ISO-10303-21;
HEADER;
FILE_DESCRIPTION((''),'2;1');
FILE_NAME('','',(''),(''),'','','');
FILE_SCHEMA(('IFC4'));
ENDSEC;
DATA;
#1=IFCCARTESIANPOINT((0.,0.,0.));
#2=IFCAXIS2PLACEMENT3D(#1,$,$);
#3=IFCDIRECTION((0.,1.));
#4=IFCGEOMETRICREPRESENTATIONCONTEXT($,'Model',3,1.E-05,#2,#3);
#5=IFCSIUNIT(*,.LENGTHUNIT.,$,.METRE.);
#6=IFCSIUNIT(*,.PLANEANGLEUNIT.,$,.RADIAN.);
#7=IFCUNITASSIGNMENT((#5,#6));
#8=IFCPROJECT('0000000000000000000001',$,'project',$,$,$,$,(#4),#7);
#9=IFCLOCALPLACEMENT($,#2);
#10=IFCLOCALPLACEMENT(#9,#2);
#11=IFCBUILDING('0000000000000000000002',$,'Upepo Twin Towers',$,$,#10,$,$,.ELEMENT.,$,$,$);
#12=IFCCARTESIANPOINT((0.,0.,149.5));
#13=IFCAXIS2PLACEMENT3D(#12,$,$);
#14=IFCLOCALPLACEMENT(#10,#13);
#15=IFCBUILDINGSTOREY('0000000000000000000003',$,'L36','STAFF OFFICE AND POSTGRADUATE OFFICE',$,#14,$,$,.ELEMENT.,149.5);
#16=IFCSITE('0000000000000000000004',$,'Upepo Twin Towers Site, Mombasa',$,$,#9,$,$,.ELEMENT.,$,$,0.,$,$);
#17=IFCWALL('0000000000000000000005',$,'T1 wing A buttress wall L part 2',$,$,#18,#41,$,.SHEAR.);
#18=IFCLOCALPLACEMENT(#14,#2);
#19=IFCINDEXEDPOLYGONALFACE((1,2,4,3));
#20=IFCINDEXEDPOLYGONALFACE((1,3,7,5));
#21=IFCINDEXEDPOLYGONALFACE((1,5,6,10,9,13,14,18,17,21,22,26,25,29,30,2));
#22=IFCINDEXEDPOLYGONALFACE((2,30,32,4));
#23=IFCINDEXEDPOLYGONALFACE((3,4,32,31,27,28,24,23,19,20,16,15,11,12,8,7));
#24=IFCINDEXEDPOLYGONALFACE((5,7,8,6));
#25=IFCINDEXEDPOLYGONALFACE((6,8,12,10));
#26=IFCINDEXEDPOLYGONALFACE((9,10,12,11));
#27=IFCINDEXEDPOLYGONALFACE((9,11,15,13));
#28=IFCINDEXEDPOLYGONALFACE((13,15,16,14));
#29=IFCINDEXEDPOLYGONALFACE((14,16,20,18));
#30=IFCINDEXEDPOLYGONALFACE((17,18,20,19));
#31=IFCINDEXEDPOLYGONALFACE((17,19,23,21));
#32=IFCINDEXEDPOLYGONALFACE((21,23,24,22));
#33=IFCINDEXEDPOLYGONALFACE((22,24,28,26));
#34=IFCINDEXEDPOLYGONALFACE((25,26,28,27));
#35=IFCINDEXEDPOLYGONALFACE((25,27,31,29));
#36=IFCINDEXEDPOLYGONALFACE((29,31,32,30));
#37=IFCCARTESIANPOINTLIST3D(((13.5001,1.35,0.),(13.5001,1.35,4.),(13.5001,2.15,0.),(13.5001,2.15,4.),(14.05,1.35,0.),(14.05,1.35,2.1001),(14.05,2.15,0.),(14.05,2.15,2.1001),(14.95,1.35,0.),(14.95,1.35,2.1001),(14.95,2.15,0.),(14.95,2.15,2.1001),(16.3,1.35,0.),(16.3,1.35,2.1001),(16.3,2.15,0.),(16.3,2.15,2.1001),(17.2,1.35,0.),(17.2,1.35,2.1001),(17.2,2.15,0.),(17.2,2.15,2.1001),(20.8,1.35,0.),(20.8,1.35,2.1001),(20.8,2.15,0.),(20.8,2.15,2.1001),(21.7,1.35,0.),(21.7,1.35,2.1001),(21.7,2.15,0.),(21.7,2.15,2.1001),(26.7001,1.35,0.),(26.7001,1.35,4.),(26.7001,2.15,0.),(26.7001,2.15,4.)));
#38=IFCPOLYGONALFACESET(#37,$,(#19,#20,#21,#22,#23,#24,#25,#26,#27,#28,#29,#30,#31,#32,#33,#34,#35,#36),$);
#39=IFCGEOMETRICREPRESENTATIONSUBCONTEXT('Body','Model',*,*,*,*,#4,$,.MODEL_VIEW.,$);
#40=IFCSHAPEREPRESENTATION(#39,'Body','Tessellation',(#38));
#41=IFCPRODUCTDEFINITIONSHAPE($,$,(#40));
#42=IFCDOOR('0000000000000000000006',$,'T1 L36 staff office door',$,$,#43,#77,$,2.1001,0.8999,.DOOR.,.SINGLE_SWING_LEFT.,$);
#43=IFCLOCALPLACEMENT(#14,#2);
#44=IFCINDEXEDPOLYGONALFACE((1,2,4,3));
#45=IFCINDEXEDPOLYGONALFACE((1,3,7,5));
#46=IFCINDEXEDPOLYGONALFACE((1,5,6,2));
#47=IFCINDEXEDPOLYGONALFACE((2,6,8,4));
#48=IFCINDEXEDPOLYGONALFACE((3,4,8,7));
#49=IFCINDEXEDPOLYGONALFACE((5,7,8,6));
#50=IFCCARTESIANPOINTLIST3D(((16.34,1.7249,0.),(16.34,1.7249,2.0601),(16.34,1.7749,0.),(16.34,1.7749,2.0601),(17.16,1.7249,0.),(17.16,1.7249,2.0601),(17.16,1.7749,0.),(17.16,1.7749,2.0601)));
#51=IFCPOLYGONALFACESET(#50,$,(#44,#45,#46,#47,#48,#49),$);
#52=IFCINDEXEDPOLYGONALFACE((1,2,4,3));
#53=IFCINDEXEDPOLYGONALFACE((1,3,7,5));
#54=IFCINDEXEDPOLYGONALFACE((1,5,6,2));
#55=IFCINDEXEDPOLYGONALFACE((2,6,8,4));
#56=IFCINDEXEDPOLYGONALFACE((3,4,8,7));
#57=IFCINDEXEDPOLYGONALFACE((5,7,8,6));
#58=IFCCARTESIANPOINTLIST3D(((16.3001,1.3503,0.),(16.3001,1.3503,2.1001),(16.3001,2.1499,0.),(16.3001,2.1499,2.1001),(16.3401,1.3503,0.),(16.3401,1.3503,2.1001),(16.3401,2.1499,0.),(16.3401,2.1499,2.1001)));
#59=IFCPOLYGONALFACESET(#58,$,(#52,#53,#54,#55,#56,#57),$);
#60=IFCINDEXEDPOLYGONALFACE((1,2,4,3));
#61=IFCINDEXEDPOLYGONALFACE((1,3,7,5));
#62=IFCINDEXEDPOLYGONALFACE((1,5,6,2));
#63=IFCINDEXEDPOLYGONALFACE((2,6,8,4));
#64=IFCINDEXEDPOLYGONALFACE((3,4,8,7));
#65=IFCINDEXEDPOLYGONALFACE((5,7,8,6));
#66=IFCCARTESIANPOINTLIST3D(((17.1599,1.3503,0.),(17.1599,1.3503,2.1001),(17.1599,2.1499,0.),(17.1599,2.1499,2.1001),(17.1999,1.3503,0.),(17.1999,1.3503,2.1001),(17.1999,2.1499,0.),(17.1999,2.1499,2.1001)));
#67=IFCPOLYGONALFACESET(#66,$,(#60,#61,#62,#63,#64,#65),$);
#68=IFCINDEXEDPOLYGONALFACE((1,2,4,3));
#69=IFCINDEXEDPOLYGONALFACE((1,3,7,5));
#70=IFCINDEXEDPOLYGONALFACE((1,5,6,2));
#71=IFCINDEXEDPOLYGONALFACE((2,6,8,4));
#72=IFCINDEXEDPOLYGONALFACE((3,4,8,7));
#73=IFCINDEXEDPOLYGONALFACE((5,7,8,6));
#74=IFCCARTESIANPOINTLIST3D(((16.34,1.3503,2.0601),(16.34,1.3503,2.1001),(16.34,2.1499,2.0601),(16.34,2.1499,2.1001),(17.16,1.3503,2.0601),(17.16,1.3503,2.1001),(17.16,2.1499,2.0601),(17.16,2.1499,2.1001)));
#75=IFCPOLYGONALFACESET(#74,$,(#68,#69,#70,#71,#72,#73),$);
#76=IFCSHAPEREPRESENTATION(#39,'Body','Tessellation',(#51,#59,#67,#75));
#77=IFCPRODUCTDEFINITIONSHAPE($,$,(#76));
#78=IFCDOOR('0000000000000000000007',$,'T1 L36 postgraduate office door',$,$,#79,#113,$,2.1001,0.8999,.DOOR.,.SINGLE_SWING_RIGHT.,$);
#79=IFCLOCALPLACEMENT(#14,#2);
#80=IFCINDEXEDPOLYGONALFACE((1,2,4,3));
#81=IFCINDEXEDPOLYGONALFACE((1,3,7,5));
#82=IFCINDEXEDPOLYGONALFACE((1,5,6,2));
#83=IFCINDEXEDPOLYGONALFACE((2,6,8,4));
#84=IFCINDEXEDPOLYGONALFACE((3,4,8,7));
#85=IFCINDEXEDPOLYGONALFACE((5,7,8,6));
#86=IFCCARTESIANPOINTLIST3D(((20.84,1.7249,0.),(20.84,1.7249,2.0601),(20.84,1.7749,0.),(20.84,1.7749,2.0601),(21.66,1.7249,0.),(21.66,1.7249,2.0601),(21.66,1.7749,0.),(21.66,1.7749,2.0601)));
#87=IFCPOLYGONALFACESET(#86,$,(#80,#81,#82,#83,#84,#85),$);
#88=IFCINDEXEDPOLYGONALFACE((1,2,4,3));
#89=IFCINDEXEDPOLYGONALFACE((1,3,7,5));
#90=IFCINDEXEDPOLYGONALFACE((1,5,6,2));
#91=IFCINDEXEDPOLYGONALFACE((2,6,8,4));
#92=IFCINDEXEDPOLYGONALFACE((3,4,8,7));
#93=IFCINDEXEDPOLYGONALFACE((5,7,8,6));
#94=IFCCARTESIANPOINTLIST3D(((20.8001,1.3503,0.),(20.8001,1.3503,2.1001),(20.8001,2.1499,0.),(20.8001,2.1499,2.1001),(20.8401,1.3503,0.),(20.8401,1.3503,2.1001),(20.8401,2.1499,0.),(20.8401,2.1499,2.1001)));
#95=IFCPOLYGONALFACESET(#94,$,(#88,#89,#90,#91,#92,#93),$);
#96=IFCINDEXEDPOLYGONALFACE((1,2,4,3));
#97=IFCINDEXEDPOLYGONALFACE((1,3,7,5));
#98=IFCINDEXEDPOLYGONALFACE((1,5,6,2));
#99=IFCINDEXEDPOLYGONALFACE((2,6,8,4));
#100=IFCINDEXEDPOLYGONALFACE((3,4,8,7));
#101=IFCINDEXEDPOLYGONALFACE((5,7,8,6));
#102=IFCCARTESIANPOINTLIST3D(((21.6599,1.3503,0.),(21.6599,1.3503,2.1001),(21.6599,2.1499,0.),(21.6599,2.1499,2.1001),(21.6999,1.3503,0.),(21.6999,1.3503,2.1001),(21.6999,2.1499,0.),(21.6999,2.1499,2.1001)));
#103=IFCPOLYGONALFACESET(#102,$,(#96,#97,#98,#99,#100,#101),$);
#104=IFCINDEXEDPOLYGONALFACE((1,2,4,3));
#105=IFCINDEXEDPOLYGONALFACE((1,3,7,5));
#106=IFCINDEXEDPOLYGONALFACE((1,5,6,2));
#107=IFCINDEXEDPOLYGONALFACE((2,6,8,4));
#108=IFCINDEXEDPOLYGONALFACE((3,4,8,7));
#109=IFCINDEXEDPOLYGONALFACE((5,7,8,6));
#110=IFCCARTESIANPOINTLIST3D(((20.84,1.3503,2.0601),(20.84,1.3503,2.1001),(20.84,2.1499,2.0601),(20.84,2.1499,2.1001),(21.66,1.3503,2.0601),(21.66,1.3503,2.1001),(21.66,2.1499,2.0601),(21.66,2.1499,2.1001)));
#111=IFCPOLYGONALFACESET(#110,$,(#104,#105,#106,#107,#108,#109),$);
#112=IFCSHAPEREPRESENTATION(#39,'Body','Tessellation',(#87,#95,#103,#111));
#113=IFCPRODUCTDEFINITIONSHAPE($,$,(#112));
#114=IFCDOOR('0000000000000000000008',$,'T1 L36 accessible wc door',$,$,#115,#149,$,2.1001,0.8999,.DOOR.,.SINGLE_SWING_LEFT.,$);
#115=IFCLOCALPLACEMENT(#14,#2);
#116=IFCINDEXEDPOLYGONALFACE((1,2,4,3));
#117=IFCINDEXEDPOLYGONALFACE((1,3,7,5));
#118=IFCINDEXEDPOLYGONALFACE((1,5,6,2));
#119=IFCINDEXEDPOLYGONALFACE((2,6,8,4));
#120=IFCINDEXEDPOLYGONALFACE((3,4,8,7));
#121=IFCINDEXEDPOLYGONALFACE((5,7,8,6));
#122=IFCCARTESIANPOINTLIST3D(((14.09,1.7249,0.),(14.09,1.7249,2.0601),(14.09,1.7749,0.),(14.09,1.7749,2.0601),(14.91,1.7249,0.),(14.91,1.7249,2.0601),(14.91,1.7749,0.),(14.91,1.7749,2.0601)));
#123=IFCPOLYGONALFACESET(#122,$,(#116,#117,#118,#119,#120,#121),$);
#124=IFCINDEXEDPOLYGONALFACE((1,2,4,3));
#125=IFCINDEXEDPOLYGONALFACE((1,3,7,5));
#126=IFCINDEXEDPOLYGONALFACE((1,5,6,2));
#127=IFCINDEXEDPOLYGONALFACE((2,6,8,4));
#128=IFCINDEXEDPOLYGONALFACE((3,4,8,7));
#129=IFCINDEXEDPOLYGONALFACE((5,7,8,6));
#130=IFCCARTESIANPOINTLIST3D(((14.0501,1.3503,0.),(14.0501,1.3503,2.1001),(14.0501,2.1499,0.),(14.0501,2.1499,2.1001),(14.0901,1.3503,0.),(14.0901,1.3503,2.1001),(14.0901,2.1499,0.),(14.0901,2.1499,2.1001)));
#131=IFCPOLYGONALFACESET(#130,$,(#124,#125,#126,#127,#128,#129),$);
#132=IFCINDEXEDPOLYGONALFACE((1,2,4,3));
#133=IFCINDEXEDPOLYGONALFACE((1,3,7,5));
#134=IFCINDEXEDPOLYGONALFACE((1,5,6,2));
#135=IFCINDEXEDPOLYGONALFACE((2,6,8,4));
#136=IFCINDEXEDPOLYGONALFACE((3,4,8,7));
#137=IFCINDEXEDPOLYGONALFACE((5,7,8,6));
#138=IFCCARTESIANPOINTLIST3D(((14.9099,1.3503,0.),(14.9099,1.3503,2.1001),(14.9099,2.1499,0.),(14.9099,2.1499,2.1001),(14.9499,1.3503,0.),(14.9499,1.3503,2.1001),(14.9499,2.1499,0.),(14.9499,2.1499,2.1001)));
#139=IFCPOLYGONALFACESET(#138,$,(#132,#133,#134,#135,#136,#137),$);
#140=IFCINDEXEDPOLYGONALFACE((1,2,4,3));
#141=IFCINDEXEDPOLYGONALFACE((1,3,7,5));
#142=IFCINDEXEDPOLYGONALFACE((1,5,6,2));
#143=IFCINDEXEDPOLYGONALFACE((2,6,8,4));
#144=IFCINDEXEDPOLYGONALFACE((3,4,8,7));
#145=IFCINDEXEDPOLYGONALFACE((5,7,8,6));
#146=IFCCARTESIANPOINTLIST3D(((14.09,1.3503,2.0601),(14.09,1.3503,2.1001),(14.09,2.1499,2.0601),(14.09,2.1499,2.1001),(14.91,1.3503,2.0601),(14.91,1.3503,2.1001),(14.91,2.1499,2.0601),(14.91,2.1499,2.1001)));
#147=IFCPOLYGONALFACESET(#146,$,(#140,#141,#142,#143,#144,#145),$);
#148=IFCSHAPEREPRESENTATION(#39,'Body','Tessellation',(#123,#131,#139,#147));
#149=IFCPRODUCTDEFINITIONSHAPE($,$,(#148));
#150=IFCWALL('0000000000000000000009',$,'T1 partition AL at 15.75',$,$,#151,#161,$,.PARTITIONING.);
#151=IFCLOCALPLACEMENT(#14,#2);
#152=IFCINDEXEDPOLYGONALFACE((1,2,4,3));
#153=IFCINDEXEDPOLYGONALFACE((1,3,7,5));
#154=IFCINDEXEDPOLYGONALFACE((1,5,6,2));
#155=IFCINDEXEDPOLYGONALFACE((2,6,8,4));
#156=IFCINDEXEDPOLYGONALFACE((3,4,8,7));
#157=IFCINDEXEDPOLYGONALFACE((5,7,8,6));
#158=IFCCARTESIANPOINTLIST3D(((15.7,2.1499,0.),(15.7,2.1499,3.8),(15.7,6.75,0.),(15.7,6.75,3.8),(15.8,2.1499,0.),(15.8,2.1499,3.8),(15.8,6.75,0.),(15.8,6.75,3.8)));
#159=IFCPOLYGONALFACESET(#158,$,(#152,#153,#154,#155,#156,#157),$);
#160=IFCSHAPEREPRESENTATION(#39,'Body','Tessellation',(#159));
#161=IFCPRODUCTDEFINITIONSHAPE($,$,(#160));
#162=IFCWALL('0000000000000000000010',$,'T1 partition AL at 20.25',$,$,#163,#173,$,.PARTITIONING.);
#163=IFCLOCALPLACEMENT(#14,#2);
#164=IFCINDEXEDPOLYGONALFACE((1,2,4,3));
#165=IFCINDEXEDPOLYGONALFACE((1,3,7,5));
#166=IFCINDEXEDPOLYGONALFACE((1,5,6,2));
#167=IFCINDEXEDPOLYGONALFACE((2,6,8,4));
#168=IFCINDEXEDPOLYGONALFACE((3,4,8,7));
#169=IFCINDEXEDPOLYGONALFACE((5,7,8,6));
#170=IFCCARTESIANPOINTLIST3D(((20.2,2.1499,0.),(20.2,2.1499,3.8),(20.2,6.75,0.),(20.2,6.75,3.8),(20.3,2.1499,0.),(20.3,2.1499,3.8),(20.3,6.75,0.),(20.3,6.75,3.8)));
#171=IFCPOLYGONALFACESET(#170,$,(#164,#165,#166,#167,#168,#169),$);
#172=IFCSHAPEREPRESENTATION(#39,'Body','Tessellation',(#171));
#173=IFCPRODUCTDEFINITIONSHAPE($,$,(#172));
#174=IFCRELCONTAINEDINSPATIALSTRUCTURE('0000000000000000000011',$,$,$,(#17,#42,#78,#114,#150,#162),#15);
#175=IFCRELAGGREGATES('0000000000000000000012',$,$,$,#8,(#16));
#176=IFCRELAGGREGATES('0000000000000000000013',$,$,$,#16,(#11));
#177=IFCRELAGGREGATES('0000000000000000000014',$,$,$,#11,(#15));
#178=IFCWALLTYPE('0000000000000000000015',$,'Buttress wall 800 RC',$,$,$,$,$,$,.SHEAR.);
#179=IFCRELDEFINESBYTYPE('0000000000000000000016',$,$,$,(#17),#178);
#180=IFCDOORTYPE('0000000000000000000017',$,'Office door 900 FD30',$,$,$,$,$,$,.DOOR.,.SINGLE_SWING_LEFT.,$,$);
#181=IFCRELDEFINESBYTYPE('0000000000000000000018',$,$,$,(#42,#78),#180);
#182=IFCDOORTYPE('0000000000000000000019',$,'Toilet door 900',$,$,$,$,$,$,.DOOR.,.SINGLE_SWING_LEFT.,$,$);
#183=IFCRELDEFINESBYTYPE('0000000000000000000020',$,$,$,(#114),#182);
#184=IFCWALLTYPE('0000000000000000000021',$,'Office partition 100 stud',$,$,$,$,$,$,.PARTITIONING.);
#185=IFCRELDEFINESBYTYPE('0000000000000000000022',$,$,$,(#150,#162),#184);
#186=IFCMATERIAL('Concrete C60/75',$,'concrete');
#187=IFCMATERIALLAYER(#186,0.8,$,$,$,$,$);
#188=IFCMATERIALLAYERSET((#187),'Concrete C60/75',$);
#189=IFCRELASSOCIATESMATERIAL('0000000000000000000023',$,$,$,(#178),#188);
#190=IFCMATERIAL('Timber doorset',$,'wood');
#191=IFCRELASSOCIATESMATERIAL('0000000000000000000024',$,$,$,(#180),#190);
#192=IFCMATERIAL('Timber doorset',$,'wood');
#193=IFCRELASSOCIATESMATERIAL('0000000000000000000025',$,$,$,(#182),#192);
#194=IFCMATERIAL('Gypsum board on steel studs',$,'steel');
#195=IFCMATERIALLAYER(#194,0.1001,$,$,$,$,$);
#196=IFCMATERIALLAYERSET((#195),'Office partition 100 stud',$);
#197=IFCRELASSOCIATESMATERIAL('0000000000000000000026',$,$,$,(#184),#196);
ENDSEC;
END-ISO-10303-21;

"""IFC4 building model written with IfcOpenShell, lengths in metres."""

from ifc_helpers import new_model, si_unit, direction, frame, frame_2d, origin, place, context, subcontext, project, spatial, rectangle, extrude, material, layer, layer_set, type_object, element, fill, save


model = new_model("IFC4")

# Units and contexts
model_context = context("Model", 3, precision=1e-05, world=origin(), true_north=direction((0.0, 1.0)))
body_context = subcontext(model_context, "Body", "Model", "MODEL_VIEW")
ifc_project = project(units=[si_unit("LENGTHUNIT", "METRE"), si_unit("PLANEANGLEUNIT", "RADIAN")], contexts=[model_context])

# Site, building, storey
site_placement = place(None, origin())
site = spatial("IfcSite", under=ifc_project, at=site_placement, Name="Upepo Twin Towers Site, Mombasa", CompositionType="ELEMENT", RefElevation=0.0)
building_placement = place(site_placement, origin())
building = spatial("IfcBuilding", under=site, at=building_placement, Name="Upepo Twin Towers", CompositionType="ELEMENT")
storey_placement = place(building_placement, frame((0.0, 0.0, 149.5)))
storey = spatial("IfcBuildingStorey", under=building, at=storey_placement, Name="L36", Description="STAFF OFFICE AND POSTGRADUATE OFFICE", CompositionType="ELEMENT", Elevation=149.5)

# Wall, openings, doors
ifc_material_1 = material(Name="Concrete C60/75", Category="concrete")
ifc_layer_1 = layer(ifc_material_1, 0.8)
ifc_layer_set_1 = layer_set([ifc_layer_1], Name="Concrete C60/75")
wall_type_1 = type_object("IfcWallType", Name="Buttress wall 800 RC", PredefinedType="SHEAR", material=ifc_layer_set_1)
wall_1_placement = place(storey_placement, frame((13.5, 1.75, 0.0), z_axis=(0.0, 0.0, 1.0), x_axis=(1.0, 0.0, 0.0)))
wall_1 = element("IfcWall", 1, at=wall_1_placement, inside=storey, type_object=wall_type_1, Name="T1 wing A buttress wall L part 2", PredefinedType="SHEAR", context=body_context, shape_type="SweptSolid", body=[
    extrude(rectangle(XDim=13.2, YDim=0.8, at=frame_2d((6.6001, 0.0))), origin(), (0.0, 0.0, 1.0), 4.0),
])
opening_1_placement = place(wall_1_placement, frame((0.55, 0.0, 0.0)))
opening_1 = element("IfcOpeningElement", 2, at=opening_1_placement, cuts=wall_1, PredefinedType="OPENING", context=body_context, shape_type="SweptSolid", body=[
    extrude(rectangle(XDim=0.8999, YDim=2.1001, at=frame_2d((0.45, 1.05))), frame((0.0, 0.4099, 0.0), z_axis=(0.0, -1.0, 0.0), x_axis=(1.0, 0.0, 0.0)), (0.0, 0.0, 1.0), 0.8201),
])
opening_2_placement = place(wall_1_placement, frame((2.8, 0.0, 0.0)))
opening_2 = element("IfcOpeningElement", 3, at=opening_2_placement, cuts=wall_1, PredefinedType="OPENING", context=body_context, shape_type="SweptSolid", body=[
    extrude(rectangle(XDim=0.8999, YDim=2.1001, at=frame_2d((0.45, 1.05))), frame((0.0, 0.4099, 0.0), z_axis=(0.0, -1.0, 0.0), x_axis=(1.0, 0.0, 0.0)), (0.0, 0.0, 1.0), 0.8201),
])
opening_3_placement = place(wall_1_placement, frame((7.3, 0.0, 0.0)))
opening_3 = element("IfcOpeningElement", 4, at=opening_3_placement, cuts=wall_1, PredefinedType="OPENING", context=body_context, shape_type="SweptSolid", body=[
    extrude(rectangle(XDim=0.8999, YDim=2.1001, at=frame_2d((0.45, 1.05))), frame((0.0, 0.4099, 0.0), z_axis=(0.0, -1.0, 0.0), x_axis=(1.0, 0.0, 0.0)), (0.0, 0.0, 1.0), 0.8201),
])
ifc_material_2 = material(Name="Timber doorset", Category="wood")
door_type_1 = type_object("IfcDoorType", Name="Office door 900 FD30", OperationType="SINGLE_SWING_LEFT", PredefinedType="DOOR", material=ifc_material_2)
door_1_placement = place(opening_2_placement, origin())
door_1 = element("IfcDoor", 5, at=door_1_placement, inside=storey, type_object=door_type_1, Name="T1 L36 staff office door", OperationType="SINGLE_SWING_LEFT", OverallHeight=2.1001, OverallWidth=0.8999, PredefinedType="DOOR", context=body_context, shape_type="SweptSolid", body=[
    extrude(rectangle(XDim=0.8199, YDim=2.0601, at=frame_2d((0.45, 1.03))), frame((0.0, 0.0249, 0.0), z_axis=(0.0, -1.0, 0.0), x_axis=(1.0, 0.0, 0.0)), (0.0, 0.0, 1.0), 0.05),
    extrude(rectangle(XDim=0.04, YDim=2.1001, at=frame_2d((0.02, 1.05))), frame((0.0, 0.3999, 0.0), z_axis=(0.0, -1.0, 0.0), x_axis=(1.0, 0.0, 0.0)), (0.0, 0.0, 1.0), 0.7996),
    extrude(rectangle(XDim=0.04, YDim=2.1001, at=frame_2d((0.8799, 1.05))), frame((0.0, 0.3999, 0.0), z_axis=(0.0, -1.0, 0.0), x_axis=(1.0, 0.0, 0.0)), (0.0, 0.0, 1.0), 0.7996),
    extrude(rectangle(XDim=0.8199, YDim=0.04, at=frame_2d((0.45, 2.0801))), frame((0.0, 0.3999, 0.0), z_axis=(0.0, -1.0, 0.0), x_axis=(1.0, 0.0, 0.0)), (0.0, 0.0, 1.0), 0.7996),
])
fill(opening_2, door_1)
door_2_placement = place(opening_3_placement, origin())
door_2 = element("IfcDoor", 6, at=door_2_placement, inside=storey, type_object=door_type_1, Name="T1 L36 postgraduate office door", OperationType="SINGLE_SWING_RIGHT", OverallHeight=2.1001, OverallWidth=0.8999, PredefinedType="DOOR", context=body_context, shape_type="SweptSolid", body=[
    extrude(rectangle(XDim=0.8199, YDim=2.0601, at=frame_2d((0.45, 1.03))), frame((0.0, 0.0249, 0.0), z_axis=(0.0, -1.0, 0.0), x_axis=(1.0, 0.0, 0.0)), (0.0, 0.0, 1.0), 0.05),
    extrude(rectangle(XDim=0.04, YDim=2.1001, at=frame_2d((0.02, 1.05))), frame((0.0, 0.3999, 0.0), z_axis=(0.0, -1.0, 0.0), x_axis=(1.0, 0.0, 0.0)), (0.0, 0.0, 1.0), 0.7996),
    extrude(rectangle(XDim=0.04, YDim=2.1001, at=frame_2d((0.8799, 1.05))), frame((0.0, 0.3999, 0.0), z_axis=(0.0, -1.0, 0.0), x_axis=(1.0, 0.0, 0.0)), (0.0, 0.0, 1.0), 0.7996),
    extrude(rectangle(XDim=0.8199, YDim=0.04, at=frame_2d((0.45, 2.0801))), frame((0.0, 0.3999, 0.0), z_axis=(0.0, -1.0, 0.0), x_axis=(1.0, 0.0, 0.0)), (0.0, 0.0, 1.0), 0.7996),
])
fill(opening_3, door_2)
ifc_material_3 = material(Name="Timber doorset", Category="wood")
door_type_2 = type_object("IfcDoorType", Name="Toilet door 900", OperationType="SINGLE_SWING_LEFT", PredefinedType="DOOR", material=ifc_material_3)
door_3_placement = place(opening_1_placement, origin())
door_3 = element("IfcDoor", 7, at=door_3_placement, inside=storey, type_object=door_type_2, Name="T1 L36 accessible wc door", OperationType="SINGLE_SWING_LEFT", OverallHeight=2.1001, OverallWidth=0.8999, PredefinedType="DOOR", context=body_context, shape_type="SweptSolid", body=[
    extrude(rectangle(XDim=0.8199, YDim=2.0601, at=frame_2d((0.45, 1.03))), frame((0.0, 0.0249, 0.0), z_axis=(0.0, -1.0, 0.0), x_axis=(1.0, 0.0, 0.0)), (0.0, 0.0, 1.0), 0.05),
    extrude(rectangle(XDim=0.04, YDim=2.1001, at=frame_2d((0.02, 1.05))), frame((0.0, 0.3999, 0.0), z_axis=(0.0, -1.0, 0.0), x_axis=(1.0, 0.0, 0.0)), (0.0, 0.0, 1.0), 0.7996),
    extrude(rectangle(XDim=0.04, YDim=2.1001, at=frame_2d((0.8799, 1.05))), frame((0.0, 0.3999, 0.0), z_axis=(0.0, -1.0, 0.0), x_axis=(1.0, 0.0, 0.0)), (0.0, 0.0, 1.0), 0.7996),
    extrude(rectangle(XDim=0.8199, YDim=0.04, at=frame_2d((0.45, 2.0801))), frame((0.0, 0.3999, 0.0), z_axis=(0.0, -1.0, 0.0), x_axis=(1.0, 0.0, 0.0)), (0.0, 0.0, 1.0), 0.7996),
])
fill(opening_1, door_3)

# Walls
ifc_material_4 = material(Name="Gypsum board on steel studs", Category="steel")
ifc_layer_2 = layer(ifc_material_4, 0.1001)
ifc_layer_set_2 = layer_set([ifc_layer_2], Name="Office partition 100 stud")
wall_type_2 = type_object("IfcWallType", Name="Office partition 100 stud", PredefinedType="PARTITIONING", material=ifc_layer_set_2)
for number, where, z_axis, x_axis, name in (
    (8, (15.75, 2.1499, 0.0), (0.0, 0.0, 1.0), (0.0, 1.0, 0.0), "T1 partition AL at 15.75"),
    (9, (20.25, 2.1499, 0.0), (0.0, 0.0, 1.0), (0.0, 1.0, 0.0), "T1 partition AL at 20.25"),
):
    element("IfcWall", number, at=place(storey_placement, frame(where, z_axis=z_axis, x_axis=x_axis)), inside=storey, type_object=wall_type_2, Name=name, PredefinedType="PARTITIONING", context=body_context, shape_type="SweptSolid", body=[
        extrude(rectangle(XDim=4.6001, YDim=0.1001, at=frame_2d((2.3, 0.0))), origin(), (0.0, 0.0, 1.0), 3.8),
    ])

save(model, "model.ifc")
